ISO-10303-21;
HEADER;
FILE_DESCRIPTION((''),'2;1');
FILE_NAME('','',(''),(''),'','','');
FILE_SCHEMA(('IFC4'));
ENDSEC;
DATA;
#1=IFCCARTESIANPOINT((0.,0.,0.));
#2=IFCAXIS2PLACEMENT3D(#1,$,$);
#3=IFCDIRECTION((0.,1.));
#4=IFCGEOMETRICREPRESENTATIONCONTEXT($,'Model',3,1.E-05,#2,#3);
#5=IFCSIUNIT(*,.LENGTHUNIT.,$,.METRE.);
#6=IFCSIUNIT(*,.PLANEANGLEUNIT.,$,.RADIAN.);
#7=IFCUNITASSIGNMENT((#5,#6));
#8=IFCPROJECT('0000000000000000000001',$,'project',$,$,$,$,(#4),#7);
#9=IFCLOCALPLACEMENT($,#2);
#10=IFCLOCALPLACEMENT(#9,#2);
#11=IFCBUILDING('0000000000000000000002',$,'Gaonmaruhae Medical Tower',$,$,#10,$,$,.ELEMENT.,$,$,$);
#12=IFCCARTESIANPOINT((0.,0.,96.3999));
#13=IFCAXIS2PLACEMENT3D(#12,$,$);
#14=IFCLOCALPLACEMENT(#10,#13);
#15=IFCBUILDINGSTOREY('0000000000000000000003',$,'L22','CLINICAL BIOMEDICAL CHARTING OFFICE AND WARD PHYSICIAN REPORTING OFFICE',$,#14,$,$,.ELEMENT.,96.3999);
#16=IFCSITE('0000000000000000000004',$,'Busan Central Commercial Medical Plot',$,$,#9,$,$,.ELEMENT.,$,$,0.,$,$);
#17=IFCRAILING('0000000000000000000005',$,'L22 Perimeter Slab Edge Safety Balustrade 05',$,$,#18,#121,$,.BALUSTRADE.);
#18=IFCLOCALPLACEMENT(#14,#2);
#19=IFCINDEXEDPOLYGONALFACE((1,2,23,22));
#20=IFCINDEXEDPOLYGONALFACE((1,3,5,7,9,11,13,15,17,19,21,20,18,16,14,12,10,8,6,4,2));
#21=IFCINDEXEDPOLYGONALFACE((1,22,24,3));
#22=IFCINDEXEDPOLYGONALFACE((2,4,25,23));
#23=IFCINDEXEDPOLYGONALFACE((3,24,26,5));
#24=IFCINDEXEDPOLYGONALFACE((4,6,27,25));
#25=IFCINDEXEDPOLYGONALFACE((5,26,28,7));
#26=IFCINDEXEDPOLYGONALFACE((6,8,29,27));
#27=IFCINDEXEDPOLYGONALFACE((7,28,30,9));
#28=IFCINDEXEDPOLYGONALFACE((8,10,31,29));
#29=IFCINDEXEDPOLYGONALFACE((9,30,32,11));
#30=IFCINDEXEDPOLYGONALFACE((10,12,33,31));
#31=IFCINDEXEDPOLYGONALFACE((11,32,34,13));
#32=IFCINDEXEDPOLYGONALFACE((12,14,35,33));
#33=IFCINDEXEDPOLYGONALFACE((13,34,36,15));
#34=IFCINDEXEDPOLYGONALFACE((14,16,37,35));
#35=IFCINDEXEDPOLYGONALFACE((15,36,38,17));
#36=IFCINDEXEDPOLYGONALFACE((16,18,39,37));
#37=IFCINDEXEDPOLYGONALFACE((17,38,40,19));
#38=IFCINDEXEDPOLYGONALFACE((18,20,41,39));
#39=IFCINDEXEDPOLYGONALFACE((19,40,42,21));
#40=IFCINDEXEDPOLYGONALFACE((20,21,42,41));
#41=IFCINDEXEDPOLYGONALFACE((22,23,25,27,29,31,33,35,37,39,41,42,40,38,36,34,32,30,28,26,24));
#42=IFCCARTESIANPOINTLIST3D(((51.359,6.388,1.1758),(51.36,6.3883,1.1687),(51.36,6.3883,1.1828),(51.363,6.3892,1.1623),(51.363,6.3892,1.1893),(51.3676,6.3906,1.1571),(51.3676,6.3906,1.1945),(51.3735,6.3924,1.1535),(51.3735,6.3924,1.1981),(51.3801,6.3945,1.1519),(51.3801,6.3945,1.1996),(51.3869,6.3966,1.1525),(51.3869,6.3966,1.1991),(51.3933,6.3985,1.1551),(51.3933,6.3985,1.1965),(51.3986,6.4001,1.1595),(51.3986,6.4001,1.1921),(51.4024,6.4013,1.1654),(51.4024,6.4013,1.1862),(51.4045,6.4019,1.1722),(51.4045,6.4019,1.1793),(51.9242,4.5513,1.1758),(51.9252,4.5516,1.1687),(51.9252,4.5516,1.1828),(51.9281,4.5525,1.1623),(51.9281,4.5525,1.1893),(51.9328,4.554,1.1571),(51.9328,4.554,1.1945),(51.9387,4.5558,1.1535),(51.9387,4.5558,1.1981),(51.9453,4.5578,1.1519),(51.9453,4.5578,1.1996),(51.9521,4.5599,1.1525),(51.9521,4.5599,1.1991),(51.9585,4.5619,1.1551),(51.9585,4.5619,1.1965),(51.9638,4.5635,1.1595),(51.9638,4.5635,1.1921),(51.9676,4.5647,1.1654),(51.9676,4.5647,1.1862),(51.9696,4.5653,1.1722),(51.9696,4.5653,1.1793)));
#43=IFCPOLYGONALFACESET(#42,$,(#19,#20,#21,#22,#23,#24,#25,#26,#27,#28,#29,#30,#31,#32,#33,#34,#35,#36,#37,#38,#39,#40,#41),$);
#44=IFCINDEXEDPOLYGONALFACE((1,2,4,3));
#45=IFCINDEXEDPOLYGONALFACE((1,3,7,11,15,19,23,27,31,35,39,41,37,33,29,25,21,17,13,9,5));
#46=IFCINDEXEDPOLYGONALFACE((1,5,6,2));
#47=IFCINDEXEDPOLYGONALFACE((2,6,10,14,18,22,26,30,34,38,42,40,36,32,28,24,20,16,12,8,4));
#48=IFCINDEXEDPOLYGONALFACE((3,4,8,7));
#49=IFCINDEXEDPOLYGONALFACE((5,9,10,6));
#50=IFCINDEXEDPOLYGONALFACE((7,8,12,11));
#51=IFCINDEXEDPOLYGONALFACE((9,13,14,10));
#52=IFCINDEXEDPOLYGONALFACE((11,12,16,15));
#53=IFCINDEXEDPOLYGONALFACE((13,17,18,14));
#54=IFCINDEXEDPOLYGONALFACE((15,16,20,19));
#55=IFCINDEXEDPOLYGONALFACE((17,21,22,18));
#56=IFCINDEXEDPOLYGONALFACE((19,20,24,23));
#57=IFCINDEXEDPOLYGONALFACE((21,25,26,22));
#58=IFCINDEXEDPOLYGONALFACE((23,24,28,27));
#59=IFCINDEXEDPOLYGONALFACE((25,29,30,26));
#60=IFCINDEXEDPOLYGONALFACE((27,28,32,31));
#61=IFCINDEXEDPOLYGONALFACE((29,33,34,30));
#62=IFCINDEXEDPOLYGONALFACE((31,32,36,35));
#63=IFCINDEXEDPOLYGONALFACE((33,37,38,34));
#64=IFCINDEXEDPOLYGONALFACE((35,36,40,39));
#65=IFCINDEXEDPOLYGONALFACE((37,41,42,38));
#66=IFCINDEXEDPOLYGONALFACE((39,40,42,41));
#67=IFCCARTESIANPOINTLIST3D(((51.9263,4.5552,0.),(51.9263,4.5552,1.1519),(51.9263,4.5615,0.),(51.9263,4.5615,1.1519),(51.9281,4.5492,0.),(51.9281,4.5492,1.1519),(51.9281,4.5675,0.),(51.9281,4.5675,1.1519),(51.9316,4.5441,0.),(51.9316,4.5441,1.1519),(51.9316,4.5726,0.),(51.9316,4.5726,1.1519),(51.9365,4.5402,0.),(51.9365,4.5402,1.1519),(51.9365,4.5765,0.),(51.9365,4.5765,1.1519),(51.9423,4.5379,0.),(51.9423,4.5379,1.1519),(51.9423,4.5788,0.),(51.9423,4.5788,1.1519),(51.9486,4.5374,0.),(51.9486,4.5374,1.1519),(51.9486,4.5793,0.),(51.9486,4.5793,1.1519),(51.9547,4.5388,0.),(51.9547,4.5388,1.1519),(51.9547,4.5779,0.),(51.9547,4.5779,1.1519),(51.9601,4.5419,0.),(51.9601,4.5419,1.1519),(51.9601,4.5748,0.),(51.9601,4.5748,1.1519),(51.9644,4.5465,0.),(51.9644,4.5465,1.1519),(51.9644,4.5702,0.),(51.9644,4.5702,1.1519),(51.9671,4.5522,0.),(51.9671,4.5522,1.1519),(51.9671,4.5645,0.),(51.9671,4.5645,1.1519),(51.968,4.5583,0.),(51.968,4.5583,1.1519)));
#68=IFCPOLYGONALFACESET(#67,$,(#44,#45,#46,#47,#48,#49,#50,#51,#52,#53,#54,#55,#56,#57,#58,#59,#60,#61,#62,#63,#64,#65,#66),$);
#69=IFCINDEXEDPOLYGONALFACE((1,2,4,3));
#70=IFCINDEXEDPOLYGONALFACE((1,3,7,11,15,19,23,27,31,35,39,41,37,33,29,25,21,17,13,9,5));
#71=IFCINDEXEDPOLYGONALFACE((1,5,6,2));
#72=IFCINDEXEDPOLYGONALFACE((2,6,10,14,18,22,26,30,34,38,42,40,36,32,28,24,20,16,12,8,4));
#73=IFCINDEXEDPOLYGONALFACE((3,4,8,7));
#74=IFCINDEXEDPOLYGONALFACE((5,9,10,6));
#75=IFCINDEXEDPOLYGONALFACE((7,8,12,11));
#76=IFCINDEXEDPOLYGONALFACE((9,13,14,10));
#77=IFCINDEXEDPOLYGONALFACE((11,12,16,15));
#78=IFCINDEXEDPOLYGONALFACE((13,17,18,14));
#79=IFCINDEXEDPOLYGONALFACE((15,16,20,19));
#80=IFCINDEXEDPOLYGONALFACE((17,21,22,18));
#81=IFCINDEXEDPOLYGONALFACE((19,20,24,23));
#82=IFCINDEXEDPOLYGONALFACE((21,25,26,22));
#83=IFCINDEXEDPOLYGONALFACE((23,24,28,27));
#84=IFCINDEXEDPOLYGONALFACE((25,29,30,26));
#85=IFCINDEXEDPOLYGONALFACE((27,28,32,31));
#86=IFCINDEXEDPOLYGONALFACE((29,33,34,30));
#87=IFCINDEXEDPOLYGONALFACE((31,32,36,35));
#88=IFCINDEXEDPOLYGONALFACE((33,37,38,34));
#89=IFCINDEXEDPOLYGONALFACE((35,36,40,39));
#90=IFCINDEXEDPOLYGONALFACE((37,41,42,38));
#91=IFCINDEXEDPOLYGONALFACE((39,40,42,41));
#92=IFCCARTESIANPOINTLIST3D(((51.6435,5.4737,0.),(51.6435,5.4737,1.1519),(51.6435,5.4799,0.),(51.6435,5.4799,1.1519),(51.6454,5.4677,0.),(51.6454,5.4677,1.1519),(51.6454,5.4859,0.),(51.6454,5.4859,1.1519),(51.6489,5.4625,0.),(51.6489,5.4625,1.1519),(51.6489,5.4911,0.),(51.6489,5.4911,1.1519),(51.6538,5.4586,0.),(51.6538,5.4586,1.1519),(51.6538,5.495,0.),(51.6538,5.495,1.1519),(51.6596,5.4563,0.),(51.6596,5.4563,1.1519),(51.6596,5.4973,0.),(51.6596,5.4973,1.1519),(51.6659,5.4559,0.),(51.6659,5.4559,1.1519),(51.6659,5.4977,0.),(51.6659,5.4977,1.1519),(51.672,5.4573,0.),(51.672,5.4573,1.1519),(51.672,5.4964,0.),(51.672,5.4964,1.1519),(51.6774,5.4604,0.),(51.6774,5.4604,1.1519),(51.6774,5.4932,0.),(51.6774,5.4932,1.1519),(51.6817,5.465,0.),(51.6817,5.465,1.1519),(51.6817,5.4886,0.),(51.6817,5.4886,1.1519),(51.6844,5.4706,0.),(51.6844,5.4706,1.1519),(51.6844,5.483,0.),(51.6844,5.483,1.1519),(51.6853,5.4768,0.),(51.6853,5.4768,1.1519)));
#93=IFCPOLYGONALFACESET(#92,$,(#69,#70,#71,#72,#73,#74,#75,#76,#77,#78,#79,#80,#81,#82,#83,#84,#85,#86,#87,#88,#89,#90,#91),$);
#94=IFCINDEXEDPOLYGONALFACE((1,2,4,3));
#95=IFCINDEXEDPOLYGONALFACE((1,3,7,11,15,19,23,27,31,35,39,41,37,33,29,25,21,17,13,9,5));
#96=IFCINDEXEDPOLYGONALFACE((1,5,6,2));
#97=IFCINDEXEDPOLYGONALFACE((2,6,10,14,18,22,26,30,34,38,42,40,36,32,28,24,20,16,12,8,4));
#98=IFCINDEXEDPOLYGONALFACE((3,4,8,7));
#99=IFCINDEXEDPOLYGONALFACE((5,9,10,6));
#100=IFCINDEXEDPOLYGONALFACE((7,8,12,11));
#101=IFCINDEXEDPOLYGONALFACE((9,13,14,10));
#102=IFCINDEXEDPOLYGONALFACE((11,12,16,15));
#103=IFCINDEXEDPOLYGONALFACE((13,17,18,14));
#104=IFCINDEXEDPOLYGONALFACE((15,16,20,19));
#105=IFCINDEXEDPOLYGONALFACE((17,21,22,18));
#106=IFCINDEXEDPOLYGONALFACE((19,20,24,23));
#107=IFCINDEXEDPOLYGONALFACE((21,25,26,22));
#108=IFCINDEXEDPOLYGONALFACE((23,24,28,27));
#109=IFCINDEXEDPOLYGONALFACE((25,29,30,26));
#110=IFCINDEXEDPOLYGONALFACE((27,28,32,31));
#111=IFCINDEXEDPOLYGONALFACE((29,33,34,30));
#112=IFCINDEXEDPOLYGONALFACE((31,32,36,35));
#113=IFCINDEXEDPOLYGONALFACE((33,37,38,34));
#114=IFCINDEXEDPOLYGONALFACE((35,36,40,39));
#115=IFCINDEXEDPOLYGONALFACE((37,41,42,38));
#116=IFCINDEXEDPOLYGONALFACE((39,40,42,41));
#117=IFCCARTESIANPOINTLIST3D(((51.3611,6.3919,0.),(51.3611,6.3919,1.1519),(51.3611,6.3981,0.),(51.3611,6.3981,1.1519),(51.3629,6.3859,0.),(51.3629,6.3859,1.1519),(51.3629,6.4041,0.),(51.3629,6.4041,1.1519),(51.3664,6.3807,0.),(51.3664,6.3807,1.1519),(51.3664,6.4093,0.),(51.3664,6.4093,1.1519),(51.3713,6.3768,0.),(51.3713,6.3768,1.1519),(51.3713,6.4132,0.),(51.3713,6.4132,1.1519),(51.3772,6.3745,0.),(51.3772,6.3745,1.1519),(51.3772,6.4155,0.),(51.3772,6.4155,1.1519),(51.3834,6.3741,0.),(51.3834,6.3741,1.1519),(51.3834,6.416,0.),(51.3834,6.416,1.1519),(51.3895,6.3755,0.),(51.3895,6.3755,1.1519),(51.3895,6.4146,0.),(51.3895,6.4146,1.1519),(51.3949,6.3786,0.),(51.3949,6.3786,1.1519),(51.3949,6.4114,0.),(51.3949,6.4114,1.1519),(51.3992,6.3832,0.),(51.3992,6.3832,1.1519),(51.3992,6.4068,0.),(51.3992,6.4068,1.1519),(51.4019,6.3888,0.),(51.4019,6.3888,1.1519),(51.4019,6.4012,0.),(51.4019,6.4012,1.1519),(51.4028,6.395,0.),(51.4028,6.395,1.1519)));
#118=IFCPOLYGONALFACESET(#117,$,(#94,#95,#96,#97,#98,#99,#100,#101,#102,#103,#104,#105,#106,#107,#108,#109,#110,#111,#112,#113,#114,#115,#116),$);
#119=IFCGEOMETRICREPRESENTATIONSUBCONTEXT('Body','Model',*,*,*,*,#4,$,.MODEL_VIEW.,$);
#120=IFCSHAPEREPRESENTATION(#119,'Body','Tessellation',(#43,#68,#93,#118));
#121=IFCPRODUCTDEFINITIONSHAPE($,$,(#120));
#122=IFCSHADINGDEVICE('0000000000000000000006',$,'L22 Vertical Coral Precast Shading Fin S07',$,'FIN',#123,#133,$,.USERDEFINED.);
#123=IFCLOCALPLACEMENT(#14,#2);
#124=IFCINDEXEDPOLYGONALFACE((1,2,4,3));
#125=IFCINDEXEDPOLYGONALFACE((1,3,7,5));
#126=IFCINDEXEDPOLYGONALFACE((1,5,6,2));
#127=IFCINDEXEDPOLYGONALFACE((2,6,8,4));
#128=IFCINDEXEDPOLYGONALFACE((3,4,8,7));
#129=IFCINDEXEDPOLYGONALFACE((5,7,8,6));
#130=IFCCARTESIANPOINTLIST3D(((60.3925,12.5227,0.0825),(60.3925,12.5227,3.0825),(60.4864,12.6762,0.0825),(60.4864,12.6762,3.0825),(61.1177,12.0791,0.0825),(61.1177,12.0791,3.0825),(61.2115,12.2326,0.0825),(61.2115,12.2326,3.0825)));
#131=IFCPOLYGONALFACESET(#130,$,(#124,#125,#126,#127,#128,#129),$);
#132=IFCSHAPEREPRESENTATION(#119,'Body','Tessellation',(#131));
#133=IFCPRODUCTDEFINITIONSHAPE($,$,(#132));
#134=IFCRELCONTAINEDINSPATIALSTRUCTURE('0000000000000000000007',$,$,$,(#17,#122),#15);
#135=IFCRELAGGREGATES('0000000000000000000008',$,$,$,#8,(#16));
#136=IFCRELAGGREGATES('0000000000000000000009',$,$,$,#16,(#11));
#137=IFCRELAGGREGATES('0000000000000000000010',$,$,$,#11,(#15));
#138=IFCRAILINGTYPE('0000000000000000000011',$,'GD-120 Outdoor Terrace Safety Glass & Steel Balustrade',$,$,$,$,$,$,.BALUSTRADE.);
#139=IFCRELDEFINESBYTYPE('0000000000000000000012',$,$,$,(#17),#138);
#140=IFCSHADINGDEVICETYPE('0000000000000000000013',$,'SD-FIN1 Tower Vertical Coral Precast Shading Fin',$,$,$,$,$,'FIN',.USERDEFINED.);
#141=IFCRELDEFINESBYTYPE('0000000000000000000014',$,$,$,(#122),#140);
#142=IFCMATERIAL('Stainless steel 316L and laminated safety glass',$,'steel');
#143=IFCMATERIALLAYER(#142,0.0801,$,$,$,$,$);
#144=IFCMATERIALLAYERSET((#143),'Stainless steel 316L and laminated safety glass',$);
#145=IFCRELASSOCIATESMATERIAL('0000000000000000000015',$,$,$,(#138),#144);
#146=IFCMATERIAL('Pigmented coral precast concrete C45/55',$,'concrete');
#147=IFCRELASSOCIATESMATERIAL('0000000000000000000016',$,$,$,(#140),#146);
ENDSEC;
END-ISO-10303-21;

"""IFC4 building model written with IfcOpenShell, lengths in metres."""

from ifc_helpers import new_model, si_unit, direction, frame, origin, origin_2d, place, context, subcontext, project, spatial, rectangle, circle, extrude, material, layer, layer_set, type_object, element, save


model = new_model("IFC4")

# Units and contexts
model_context = context("Model", 3, precision=1e-05, world=origin(), true_north=direction((0.0, 1.0)))
body_context = subcontext(model_context, "Body", "Model", "MODEL_VIEW")
ifc_project = project(units=[si_unit("LENGTHUNIT", "METRE"), si_unit("PLANEANGLEUNIT", "RADIAN")], contexts=[model_context])

# Site, building, storey
site_placement = place(None, origin())
site = spatial("IfcSite", under=ifc_project, at=site_placement, Name="Busan Central Commercial Medical Plot", CompositionType="ELEMENT", RefElevation=0.0)
building_placement = place(site_placement, origin())
building = spatial("IfcBuilding", under=site, at=building_placement, Name="Gaonmaruhae Medical Tower", CompositionType="ELEMENT")
storey_placement = place(building_placement, frame((0.0, 0.0, 96.3999)))
storey = spatial("IfcBuildingStorey", under=building, at=storey_placement, Name="L22", Description="CLINICAL BIOMEDICAL CHARTING OFFICE AND WARD PHYSICIAN REPORTING OFFICE", CompositionType="ELEMENT", Elevation=96.3999)

# Railing
ifc_material_1 = material(Name="Stainless steel 316L and laminated safety glass", Category="steel")
ifc_layer_1 = layer(ifc_material_1, 0.0801)
ifc_layer_set_1 = layer_set([ifc_layer_1], Name="Stainless steel 316L and laminated safety glass")
railing_type = type_object("IfcRailingType", Name="GD-120 Outdoor Terrace Safety Glass & Steel Balustrade", PredefinedType="BALUSTRADE", material=ifc_layer_set_1)
railing_1_placement = place(storey_placement, frame((51.947, 4.5583, 0.0)))
element("IfcRailing", 1, at=railing_1_placement, inside=storey, type_object=railing_type, Name="L22 Perimeter Slab Edge Safety Balustrade 05", PredefinedType="BALUSTRADE", context=body_context, shape_type="SweptSolid", body=[
    extrude(circle(Radius=0.0239, at=origin_2d()), frame((0.0, 0.0, 1.1758), z_axis=(-0.294113, 0.955771, 0.0), x_axis=(-0.955771, -0.294113, 0.0)), (0.0, 0.0, 1.0), 1.9216),
    extrude(circle(Radius=0.021, at=origin_2d()), origin(), (0.0, 0.0, 1.0), 1.1519),
    extrude(circle(Radius=0.021, at=origin_2d()), frame((-0.2827, 0.9185, 0.0)), (0.0, 0.0, 1.0), 1.1519),
    extrude(circle(Radius=0.021, at=origin_2d()), frame((-0.5652, 1.8367, 0.0)), (0.0, 0.0, 1.0), 1.1519),
])

# Shading device
ifc_material_2 = material(Name="Pigmented coral precast concrete C45/55", Category="concrete")
shading_device_type = type_object("IfcShadingDeviceType", Name="SD-FIN1 Tower Vertical Coral Precast Shading Fin", ElementType="FIN", PredefinedType="USERDEFINED", material=ifc_material_2)
shading_device_placement = place(storey_placement, frame((60.802, 12.3777, 0.0825), z_axis=(0.0, 0.0, 1.0), x_axis=(-0.521799, -0.853068, 0.0)))
element("IfcShadingDevice", 2, at=shading_device_placement, inside=storey, type_object=shading_device_type, Name="L22 Vertical Coral Precast Shading Fin S07", ObjectType="FIN", PredefinedType="USERDEFINED", context=body_context, shape_type="SweptSolid", body=[
    extrude(rectangle(XDim=0.1799, YDim=0.8501, at=origin_2d()), origin(), (0.0, 0.0, 1.0), 3.0),
])

save(model, "model.ifc")
